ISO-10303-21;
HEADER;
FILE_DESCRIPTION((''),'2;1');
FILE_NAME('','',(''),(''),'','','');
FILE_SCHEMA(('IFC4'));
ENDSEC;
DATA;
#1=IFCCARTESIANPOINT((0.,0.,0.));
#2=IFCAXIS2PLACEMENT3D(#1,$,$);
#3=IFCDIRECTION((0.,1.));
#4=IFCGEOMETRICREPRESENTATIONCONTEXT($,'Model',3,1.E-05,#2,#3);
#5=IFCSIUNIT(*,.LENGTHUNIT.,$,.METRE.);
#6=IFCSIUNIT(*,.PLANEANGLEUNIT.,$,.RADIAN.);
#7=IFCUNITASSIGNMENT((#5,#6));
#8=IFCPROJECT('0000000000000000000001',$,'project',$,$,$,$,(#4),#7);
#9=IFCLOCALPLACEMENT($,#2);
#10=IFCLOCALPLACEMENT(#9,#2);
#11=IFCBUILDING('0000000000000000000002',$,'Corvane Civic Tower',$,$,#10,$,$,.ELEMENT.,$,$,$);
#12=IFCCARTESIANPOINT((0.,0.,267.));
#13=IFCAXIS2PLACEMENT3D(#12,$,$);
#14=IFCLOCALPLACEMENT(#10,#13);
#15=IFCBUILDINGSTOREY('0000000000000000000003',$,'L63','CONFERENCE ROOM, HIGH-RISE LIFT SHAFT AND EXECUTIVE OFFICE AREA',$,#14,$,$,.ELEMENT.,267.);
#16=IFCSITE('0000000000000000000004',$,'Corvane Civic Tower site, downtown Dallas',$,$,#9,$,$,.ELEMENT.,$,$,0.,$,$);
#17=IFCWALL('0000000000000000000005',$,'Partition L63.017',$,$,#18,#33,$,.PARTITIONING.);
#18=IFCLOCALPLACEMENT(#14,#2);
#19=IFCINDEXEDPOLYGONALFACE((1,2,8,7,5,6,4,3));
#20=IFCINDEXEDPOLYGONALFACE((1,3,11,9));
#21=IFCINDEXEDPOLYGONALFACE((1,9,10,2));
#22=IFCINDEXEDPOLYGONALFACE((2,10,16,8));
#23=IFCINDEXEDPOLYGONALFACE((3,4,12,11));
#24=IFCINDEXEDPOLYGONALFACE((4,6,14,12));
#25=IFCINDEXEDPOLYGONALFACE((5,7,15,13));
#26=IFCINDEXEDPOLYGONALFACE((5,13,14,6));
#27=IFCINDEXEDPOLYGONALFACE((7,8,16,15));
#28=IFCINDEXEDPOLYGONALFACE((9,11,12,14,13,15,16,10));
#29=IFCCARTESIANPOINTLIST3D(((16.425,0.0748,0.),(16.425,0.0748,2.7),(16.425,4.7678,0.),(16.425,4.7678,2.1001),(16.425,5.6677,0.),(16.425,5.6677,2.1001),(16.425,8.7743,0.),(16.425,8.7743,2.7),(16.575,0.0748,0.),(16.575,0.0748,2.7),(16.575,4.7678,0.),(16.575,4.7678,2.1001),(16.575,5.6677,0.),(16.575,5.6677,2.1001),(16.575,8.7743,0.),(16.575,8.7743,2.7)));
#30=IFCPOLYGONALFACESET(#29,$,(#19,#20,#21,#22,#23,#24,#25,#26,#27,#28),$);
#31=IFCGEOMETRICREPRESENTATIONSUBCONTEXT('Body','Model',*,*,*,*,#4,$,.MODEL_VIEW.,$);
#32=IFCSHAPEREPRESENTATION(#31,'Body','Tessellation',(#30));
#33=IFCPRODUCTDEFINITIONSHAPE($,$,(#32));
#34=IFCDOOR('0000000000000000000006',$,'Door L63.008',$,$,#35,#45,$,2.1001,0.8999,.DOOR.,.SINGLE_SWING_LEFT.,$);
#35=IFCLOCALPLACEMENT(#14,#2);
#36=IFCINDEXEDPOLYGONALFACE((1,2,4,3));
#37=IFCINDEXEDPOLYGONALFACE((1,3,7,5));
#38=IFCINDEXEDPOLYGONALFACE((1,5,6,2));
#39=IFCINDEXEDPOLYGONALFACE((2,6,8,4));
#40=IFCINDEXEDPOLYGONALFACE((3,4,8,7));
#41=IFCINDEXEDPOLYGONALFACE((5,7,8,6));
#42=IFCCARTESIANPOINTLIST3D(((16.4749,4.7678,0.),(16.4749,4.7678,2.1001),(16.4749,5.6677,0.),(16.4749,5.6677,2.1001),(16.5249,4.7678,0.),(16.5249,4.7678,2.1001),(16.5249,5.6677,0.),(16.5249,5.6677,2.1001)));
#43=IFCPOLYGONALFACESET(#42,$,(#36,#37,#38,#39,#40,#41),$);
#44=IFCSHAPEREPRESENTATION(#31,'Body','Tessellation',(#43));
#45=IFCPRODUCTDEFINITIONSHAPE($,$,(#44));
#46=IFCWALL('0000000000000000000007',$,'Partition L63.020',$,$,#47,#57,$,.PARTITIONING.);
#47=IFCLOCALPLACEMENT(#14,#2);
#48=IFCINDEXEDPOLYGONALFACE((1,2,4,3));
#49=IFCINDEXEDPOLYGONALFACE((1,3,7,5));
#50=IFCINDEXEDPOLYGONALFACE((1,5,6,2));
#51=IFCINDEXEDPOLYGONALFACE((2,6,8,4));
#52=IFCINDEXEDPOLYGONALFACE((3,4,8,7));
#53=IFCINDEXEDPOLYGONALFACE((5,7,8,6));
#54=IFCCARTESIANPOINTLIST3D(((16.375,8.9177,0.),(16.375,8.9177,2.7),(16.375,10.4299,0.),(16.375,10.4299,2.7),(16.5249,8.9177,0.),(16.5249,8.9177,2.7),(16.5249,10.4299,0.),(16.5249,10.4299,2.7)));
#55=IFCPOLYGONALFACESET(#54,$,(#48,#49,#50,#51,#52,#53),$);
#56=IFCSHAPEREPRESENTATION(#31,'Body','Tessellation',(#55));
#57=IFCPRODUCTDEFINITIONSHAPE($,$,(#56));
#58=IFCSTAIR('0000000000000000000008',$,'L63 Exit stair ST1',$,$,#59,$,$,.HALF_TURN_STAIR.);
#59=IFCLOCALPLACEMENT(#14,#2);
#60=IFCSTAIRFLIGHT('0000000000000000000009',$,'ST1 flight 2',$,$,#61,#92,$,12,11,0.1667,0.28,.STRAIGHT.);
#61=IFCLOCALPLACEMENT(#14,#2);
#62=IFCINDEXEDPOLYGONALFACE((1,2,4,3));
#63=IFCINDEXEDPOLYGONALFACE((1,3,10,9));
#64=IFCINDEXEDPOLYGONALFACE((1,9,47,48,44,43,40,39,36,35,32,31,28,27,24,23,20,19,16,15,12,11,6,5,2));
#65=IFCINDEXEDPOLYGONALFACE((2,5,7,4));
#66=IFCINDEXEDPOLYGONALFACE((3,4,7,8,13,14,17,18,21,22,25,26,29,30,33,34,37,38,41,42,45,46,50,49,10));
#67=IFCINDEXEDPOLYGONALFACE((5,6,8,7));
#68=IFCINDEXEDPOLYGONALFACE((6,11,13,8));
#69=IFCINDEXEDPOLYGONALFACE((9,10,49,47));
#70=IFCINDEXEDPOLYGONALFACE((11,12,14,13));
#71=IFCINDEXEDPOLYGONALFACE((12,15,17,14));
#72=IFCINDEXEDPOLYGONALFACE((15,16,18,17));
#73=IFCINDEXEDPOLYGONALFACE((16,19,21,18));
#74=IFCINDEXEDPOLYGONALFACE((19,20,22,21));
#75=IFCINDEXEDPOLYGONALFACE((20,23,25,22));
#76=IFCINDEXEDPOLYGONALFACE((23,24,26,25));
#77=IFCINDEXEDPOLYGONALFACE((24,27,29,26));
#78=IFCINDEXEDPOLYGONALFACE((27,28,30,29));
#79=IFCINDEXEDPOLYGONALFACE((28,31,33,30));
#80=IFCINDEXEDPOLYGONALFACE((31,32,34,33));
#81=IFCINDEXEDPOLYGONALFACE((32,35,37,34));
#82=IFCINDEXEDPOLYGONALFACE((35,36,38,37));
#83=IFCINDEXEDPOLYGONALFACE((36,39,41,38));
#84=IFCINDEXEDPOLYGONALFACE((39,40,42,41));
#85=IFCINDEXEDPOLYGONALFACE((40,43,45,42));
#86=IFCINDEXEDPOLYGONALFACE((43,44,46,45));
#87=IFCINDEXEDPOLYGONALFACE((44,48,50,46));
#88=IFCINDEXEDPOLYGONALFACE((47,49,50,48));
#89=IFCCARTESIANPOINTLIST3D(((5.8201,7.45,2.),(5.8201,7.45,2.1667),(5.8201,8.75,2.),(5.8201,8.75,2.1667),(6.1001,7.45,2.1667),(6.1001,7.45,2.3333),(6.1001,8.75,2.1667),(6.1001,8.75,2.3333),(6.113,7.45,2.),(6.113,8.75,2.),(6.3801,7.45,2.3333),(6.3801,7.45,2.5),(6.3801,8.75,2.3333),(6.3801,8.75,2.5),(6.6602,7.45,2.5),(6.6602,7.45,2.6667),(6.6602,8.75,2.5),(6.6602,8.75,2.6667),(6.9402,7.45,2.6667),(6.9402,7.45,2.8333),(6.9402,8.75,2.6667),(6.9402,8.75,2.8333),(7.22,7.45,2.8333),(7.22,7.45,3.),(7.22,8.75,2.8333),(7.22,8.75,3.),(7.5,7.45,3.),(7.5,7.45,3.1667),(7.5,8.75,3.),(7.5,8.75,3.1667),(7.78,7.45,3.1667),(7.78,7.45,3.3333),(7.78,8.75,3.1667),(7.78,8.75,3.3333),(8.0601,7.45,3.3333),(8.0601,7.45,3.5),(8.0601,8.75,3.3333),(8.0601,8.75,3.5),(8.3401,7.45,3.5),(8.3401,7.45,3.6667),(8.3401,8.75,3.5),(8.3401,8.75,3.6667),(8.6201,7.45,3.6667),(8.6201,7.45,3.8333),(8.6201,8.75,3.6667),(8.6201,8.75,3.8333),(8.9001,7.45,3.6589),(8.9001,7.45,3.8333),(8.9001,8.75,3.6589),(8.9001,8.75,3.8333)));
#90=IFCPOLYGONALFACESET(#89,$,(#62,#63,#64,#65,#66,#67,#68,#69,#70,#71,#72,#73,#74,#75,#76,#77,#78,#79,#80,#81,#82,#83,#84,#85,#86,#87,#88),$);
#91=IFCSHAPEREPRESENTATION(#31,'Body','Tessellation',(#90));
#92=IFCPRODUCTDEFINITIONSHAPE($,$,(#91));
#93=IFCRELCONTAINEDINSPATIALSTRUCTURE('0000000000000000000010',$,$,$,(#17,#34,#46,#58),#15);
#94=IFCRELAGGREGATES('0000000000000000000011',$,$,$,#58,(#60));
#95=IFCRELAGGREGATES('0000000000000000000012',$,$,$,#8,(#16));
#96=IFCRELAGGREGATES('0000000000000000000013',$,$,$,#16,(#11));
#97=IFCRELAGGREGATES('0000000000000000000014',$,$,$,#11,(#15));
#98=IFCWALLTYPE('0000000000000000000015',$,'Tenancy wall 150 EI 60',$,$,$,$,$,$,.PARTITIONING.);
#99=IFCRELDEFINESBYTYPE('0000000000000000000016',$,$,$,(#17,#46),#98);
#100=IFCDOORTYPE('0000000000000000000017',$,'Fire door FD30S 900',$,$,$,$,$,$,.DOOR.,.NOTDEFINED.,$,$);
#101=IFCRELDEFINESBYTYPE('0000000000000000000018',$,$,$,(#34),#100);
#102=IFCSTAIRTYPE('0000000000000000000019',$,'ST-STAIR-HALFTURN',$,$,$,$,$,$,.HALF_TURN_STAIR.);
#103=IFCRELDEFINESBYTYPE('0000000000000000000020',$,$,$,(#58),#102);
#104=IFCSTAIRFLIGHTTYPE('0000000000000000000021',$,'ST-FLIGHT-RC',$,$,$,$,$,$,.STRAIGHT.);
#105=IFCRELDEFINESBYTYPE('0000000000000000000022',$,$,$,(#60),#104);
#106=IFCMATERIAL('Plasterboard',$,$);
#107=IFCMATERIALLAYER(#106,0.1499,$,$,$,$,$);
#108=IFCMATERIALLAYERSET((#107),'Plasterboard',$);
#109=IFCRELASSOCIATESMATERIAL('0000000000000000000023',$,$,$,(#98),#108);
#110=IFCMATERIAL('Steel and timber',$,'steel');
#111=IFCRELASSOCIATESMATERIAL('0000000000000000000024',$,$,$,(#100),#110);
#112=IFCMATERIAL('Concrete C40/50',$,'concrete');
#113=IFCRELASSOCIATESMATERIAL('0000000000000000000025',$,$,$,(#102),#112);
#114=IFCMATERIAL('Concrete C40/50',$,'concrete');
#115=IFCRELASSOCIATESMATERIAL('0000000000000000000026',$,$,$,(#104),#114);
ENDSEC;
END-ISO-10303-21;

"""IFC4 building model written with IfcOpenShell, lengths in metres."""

from ifc_helpers import new_model, si_unit, direction, frame, frame_2d, origin, place, context, subcontext, project, spatial, polyline, rectangle, outline, extrude, material, layer, layer_set, type_object, element, fill, aggregate, save


model = new_model("IFC4")

# Units and contexts
model_context = context("Model", 3, precision=1e-05, world=origin(), true_north=direction((0.0, 1.0)))
body_context = subcontext(model_context, "Body", "Model", "MODEL_VIEW")
ifc_project = project(units=[si_unit("LENGTHUNIT", "METRE"), si_unit("PLANEANGLEUNIT", "RADIAN")], contexts=[model_context])

# Site, building, storey
site_placement = place(None, origin())
site = spatial("IfcSite", under=ifc_project, at=site_placement, Name="Corvane Civic Tower site, downtown Dallas", CompositionType="ELEMENT", RefElevation=0.0)
building_placement = place(site_placement, origin())
building = spatial("IfcBuilding", under=site, at=building_placement, Name="Corvane Civic Tower", CompositionType="ELEMENT")
storey_placement = place(building_placement, frame((0.0, 0.0, 267.0)))
storey = spatial("IfcBuildingStorey", under=building, at=storey_placement, Name="L63", Description="CONFERENCE ROOM, HIGH-RISE LIFT SHAFT AND EXECUTIVE OFFICE AREA", CompositionType="ELEMENT", Elevation=267.0)

# Wall, opening, door
ifc_material_1 = material(Name="Plasterboard")
ifc_layer_1 = layer(ifc_material_1, 0.1499)
ifc_layer_set_1 = layer_set([ifc_layer_1], Name="Plasterboard")
wall_type_1 = type_object("IfcWallType", Name="Tenancy wall 150 EI 60", PredefinedType="PARTITIONING", material=ifc_layer_set_1)
wall_1_placement = place(storey_placement, frame((16.5, 0.075, 0.0), z_axis=(0.0, 0.0, 1.0), x_axis=(0.0, 1.0, 0.0)))
wall_1 = element("IfcWall", 1, at=wall_1_placement, inside=storey, type_object=wall_type_1, Name="Partition L63.017", PredefinedType="PARTITIONING", context=body_context, shape_type="SweptSolid", body=[
    extrude(rectangle(XDim=8.6995, YDim=0.1499, at=frame_2d((4.3496, 0.0))), origin(), (0.0, 0.0, 1.0), 2.7),
])
opening_1_placement = place(wall_1_placement, frame((4.6929, 0.0, 0.0)))
opening_1 = element("IfcOpeningElement", 2, at=opening_1_placement, cuts=wall_1, PredefinedType="OPENING", context=body_context, shape_type="SweptSolid", body=[
    extrude(rectangle(XDim=0.8999, YDim=2.1001, at=frame_2d((0.45, 1.05))), frame((0.0, 0.085, 0.0), z_axis=(0.0, -1.0, 0.0), x_axis=(1.0, 0.0, 0.0)), (0.0, 0.0, 1.0), 0.1699),
])
ifc_material_2 = material(Name="Steel and timber", Category="steel")
door_type_1 = type_object("IfcDoorType", Name="Fire door FD30S 900", OperationType="NOTDEFINED", PredefinedType="DOOR", material=ifc_material_2)
door_1_placement = place(opening_1_placement, frame((0.8999, 0.0, 0.0), z_axis=(0.0, 0.0, 1.0), x_axis=(-1.0, 0.0, 0.0)))
door_1 = element("IfcDoor", 3, at=door_1_placement, inside=storey, type_object=door_type_1, Name="Door L63.008", OperationType="SINGLE_SWING_LEFT", OverallHeight=2.1001, OverallWidth=0.8999, PredefinedType="DOOR", context=body_context, shape_type="SweptSolid", body=[
    extrude(rectangle(XDim=0.8999, YDim=2.1001, at=frame_2d((0.45, 1.05))), frame((0.0, 0.0249, 0.0), z_axis=(0.0, -1.0, 0.0), x_axis=(1.0, 0.0, 0.0)), (0.0, 0.0, 1.0), 0.05),
])
fill(opening_1, door_1)

# Wall
wall_2_placement = place(storey_placement, frame((16.45, 8.9177, 0.0), z_axis=(0.0, 0.0, 1.0), x_axis=(0.0, 1.0, 0.0)))
element("IfcWall", 4, at=wall_2_placement, inside=storey, type_object=wall_type_1, Name="Partition L63.020", PredefinedType="PARTITIONING", context=body_context, shape_type="SweptSolid", body=[
    extrude(rectangle(XDim=1.5122, YDim=0.1499, at=frame_2d((0.7561, 0.0))), origin(), (0.0, 0.0, 1.0), 2.7),
])

# Stair, stair flight
ifc_material_3 = material(Name="Concrete C40/50", Category="concrete")
stair_type = type_object("IfcStairType", Name="ST-STAIR-HALFTURN", PredefinedType="HALF_TURN_STAIR", material=ifc_material_3)
stair_placement = place(storey_placement, origin())
stair = element("IfcStair", 5, at=stair_placement, inside=storey, type_object=stair_type, Name="L63 Exit stair ST1", PredefinedType="HALF_TURN_STAIR")
ifc_material_4 = material(Name="Concrete C40/50", Category="concrete")
stair_flight_type = type_object("IfcStairFlightType", Name="ST-FLIGHT-RC", PredefinedType="STRAIGHT", material=ifc_material_4)
stair_flight_placement = place(storey_placement, frame((5.8201, 8.1001, 2.0), z_axis=(0.0, 0.0, 1.0), x_axis=(1.0, 0.0, 0.0)))
stair_flight = element("IfcStairFlight", 6, at=stair_flight_placement, type_object=stair_flight_type, Name="ST1 flight 2", NumberOfRisers=12, NumberOfTreads=11, PredefinedType="STRAIGHT", RiserHeight=0.1667, TreadLength=0.28, context=body_context, shape_type="SweptSolid", body=[
    extrude(outline(polyline([(0.0, 0.0), (0.0, 0.1667), (0.28, 0.1667), (0.28, 0.3333), (0.5601, 0.3333), (0.5601, 0.5), (0.8401, 0.5), (0.8401, 0.6667), (1.1201, 0.6667), (1.1201, 0.8333), (1.3999, 0.8333), (1.3999, 1.0), (1.6799, 1.0), (1.6799, 1.1667), (1.96, 1.1667), (1.96, 1.3333), (2.24, 1.3333), (2.24, 1.5), (2.52, 1.5), (2.52, 1.6667), (2.8, 1.6667), (2.8, 1.8333), (3.0801, 1.8333), (3.0801, 2.0), (3.0801, 1.6589), (0.293, 0.0), (0.0, 0.0)])), frame((0.0, 0.6499, 0.0), z_axis=(0.0, -1.0, 0.0), x_axis=(1.0, 0.0, 0.0)), (0.0, 0.0, 1.0), 1.3),
])
aggregate(stair, [stair_flight])

save(model, "model.ifc")
